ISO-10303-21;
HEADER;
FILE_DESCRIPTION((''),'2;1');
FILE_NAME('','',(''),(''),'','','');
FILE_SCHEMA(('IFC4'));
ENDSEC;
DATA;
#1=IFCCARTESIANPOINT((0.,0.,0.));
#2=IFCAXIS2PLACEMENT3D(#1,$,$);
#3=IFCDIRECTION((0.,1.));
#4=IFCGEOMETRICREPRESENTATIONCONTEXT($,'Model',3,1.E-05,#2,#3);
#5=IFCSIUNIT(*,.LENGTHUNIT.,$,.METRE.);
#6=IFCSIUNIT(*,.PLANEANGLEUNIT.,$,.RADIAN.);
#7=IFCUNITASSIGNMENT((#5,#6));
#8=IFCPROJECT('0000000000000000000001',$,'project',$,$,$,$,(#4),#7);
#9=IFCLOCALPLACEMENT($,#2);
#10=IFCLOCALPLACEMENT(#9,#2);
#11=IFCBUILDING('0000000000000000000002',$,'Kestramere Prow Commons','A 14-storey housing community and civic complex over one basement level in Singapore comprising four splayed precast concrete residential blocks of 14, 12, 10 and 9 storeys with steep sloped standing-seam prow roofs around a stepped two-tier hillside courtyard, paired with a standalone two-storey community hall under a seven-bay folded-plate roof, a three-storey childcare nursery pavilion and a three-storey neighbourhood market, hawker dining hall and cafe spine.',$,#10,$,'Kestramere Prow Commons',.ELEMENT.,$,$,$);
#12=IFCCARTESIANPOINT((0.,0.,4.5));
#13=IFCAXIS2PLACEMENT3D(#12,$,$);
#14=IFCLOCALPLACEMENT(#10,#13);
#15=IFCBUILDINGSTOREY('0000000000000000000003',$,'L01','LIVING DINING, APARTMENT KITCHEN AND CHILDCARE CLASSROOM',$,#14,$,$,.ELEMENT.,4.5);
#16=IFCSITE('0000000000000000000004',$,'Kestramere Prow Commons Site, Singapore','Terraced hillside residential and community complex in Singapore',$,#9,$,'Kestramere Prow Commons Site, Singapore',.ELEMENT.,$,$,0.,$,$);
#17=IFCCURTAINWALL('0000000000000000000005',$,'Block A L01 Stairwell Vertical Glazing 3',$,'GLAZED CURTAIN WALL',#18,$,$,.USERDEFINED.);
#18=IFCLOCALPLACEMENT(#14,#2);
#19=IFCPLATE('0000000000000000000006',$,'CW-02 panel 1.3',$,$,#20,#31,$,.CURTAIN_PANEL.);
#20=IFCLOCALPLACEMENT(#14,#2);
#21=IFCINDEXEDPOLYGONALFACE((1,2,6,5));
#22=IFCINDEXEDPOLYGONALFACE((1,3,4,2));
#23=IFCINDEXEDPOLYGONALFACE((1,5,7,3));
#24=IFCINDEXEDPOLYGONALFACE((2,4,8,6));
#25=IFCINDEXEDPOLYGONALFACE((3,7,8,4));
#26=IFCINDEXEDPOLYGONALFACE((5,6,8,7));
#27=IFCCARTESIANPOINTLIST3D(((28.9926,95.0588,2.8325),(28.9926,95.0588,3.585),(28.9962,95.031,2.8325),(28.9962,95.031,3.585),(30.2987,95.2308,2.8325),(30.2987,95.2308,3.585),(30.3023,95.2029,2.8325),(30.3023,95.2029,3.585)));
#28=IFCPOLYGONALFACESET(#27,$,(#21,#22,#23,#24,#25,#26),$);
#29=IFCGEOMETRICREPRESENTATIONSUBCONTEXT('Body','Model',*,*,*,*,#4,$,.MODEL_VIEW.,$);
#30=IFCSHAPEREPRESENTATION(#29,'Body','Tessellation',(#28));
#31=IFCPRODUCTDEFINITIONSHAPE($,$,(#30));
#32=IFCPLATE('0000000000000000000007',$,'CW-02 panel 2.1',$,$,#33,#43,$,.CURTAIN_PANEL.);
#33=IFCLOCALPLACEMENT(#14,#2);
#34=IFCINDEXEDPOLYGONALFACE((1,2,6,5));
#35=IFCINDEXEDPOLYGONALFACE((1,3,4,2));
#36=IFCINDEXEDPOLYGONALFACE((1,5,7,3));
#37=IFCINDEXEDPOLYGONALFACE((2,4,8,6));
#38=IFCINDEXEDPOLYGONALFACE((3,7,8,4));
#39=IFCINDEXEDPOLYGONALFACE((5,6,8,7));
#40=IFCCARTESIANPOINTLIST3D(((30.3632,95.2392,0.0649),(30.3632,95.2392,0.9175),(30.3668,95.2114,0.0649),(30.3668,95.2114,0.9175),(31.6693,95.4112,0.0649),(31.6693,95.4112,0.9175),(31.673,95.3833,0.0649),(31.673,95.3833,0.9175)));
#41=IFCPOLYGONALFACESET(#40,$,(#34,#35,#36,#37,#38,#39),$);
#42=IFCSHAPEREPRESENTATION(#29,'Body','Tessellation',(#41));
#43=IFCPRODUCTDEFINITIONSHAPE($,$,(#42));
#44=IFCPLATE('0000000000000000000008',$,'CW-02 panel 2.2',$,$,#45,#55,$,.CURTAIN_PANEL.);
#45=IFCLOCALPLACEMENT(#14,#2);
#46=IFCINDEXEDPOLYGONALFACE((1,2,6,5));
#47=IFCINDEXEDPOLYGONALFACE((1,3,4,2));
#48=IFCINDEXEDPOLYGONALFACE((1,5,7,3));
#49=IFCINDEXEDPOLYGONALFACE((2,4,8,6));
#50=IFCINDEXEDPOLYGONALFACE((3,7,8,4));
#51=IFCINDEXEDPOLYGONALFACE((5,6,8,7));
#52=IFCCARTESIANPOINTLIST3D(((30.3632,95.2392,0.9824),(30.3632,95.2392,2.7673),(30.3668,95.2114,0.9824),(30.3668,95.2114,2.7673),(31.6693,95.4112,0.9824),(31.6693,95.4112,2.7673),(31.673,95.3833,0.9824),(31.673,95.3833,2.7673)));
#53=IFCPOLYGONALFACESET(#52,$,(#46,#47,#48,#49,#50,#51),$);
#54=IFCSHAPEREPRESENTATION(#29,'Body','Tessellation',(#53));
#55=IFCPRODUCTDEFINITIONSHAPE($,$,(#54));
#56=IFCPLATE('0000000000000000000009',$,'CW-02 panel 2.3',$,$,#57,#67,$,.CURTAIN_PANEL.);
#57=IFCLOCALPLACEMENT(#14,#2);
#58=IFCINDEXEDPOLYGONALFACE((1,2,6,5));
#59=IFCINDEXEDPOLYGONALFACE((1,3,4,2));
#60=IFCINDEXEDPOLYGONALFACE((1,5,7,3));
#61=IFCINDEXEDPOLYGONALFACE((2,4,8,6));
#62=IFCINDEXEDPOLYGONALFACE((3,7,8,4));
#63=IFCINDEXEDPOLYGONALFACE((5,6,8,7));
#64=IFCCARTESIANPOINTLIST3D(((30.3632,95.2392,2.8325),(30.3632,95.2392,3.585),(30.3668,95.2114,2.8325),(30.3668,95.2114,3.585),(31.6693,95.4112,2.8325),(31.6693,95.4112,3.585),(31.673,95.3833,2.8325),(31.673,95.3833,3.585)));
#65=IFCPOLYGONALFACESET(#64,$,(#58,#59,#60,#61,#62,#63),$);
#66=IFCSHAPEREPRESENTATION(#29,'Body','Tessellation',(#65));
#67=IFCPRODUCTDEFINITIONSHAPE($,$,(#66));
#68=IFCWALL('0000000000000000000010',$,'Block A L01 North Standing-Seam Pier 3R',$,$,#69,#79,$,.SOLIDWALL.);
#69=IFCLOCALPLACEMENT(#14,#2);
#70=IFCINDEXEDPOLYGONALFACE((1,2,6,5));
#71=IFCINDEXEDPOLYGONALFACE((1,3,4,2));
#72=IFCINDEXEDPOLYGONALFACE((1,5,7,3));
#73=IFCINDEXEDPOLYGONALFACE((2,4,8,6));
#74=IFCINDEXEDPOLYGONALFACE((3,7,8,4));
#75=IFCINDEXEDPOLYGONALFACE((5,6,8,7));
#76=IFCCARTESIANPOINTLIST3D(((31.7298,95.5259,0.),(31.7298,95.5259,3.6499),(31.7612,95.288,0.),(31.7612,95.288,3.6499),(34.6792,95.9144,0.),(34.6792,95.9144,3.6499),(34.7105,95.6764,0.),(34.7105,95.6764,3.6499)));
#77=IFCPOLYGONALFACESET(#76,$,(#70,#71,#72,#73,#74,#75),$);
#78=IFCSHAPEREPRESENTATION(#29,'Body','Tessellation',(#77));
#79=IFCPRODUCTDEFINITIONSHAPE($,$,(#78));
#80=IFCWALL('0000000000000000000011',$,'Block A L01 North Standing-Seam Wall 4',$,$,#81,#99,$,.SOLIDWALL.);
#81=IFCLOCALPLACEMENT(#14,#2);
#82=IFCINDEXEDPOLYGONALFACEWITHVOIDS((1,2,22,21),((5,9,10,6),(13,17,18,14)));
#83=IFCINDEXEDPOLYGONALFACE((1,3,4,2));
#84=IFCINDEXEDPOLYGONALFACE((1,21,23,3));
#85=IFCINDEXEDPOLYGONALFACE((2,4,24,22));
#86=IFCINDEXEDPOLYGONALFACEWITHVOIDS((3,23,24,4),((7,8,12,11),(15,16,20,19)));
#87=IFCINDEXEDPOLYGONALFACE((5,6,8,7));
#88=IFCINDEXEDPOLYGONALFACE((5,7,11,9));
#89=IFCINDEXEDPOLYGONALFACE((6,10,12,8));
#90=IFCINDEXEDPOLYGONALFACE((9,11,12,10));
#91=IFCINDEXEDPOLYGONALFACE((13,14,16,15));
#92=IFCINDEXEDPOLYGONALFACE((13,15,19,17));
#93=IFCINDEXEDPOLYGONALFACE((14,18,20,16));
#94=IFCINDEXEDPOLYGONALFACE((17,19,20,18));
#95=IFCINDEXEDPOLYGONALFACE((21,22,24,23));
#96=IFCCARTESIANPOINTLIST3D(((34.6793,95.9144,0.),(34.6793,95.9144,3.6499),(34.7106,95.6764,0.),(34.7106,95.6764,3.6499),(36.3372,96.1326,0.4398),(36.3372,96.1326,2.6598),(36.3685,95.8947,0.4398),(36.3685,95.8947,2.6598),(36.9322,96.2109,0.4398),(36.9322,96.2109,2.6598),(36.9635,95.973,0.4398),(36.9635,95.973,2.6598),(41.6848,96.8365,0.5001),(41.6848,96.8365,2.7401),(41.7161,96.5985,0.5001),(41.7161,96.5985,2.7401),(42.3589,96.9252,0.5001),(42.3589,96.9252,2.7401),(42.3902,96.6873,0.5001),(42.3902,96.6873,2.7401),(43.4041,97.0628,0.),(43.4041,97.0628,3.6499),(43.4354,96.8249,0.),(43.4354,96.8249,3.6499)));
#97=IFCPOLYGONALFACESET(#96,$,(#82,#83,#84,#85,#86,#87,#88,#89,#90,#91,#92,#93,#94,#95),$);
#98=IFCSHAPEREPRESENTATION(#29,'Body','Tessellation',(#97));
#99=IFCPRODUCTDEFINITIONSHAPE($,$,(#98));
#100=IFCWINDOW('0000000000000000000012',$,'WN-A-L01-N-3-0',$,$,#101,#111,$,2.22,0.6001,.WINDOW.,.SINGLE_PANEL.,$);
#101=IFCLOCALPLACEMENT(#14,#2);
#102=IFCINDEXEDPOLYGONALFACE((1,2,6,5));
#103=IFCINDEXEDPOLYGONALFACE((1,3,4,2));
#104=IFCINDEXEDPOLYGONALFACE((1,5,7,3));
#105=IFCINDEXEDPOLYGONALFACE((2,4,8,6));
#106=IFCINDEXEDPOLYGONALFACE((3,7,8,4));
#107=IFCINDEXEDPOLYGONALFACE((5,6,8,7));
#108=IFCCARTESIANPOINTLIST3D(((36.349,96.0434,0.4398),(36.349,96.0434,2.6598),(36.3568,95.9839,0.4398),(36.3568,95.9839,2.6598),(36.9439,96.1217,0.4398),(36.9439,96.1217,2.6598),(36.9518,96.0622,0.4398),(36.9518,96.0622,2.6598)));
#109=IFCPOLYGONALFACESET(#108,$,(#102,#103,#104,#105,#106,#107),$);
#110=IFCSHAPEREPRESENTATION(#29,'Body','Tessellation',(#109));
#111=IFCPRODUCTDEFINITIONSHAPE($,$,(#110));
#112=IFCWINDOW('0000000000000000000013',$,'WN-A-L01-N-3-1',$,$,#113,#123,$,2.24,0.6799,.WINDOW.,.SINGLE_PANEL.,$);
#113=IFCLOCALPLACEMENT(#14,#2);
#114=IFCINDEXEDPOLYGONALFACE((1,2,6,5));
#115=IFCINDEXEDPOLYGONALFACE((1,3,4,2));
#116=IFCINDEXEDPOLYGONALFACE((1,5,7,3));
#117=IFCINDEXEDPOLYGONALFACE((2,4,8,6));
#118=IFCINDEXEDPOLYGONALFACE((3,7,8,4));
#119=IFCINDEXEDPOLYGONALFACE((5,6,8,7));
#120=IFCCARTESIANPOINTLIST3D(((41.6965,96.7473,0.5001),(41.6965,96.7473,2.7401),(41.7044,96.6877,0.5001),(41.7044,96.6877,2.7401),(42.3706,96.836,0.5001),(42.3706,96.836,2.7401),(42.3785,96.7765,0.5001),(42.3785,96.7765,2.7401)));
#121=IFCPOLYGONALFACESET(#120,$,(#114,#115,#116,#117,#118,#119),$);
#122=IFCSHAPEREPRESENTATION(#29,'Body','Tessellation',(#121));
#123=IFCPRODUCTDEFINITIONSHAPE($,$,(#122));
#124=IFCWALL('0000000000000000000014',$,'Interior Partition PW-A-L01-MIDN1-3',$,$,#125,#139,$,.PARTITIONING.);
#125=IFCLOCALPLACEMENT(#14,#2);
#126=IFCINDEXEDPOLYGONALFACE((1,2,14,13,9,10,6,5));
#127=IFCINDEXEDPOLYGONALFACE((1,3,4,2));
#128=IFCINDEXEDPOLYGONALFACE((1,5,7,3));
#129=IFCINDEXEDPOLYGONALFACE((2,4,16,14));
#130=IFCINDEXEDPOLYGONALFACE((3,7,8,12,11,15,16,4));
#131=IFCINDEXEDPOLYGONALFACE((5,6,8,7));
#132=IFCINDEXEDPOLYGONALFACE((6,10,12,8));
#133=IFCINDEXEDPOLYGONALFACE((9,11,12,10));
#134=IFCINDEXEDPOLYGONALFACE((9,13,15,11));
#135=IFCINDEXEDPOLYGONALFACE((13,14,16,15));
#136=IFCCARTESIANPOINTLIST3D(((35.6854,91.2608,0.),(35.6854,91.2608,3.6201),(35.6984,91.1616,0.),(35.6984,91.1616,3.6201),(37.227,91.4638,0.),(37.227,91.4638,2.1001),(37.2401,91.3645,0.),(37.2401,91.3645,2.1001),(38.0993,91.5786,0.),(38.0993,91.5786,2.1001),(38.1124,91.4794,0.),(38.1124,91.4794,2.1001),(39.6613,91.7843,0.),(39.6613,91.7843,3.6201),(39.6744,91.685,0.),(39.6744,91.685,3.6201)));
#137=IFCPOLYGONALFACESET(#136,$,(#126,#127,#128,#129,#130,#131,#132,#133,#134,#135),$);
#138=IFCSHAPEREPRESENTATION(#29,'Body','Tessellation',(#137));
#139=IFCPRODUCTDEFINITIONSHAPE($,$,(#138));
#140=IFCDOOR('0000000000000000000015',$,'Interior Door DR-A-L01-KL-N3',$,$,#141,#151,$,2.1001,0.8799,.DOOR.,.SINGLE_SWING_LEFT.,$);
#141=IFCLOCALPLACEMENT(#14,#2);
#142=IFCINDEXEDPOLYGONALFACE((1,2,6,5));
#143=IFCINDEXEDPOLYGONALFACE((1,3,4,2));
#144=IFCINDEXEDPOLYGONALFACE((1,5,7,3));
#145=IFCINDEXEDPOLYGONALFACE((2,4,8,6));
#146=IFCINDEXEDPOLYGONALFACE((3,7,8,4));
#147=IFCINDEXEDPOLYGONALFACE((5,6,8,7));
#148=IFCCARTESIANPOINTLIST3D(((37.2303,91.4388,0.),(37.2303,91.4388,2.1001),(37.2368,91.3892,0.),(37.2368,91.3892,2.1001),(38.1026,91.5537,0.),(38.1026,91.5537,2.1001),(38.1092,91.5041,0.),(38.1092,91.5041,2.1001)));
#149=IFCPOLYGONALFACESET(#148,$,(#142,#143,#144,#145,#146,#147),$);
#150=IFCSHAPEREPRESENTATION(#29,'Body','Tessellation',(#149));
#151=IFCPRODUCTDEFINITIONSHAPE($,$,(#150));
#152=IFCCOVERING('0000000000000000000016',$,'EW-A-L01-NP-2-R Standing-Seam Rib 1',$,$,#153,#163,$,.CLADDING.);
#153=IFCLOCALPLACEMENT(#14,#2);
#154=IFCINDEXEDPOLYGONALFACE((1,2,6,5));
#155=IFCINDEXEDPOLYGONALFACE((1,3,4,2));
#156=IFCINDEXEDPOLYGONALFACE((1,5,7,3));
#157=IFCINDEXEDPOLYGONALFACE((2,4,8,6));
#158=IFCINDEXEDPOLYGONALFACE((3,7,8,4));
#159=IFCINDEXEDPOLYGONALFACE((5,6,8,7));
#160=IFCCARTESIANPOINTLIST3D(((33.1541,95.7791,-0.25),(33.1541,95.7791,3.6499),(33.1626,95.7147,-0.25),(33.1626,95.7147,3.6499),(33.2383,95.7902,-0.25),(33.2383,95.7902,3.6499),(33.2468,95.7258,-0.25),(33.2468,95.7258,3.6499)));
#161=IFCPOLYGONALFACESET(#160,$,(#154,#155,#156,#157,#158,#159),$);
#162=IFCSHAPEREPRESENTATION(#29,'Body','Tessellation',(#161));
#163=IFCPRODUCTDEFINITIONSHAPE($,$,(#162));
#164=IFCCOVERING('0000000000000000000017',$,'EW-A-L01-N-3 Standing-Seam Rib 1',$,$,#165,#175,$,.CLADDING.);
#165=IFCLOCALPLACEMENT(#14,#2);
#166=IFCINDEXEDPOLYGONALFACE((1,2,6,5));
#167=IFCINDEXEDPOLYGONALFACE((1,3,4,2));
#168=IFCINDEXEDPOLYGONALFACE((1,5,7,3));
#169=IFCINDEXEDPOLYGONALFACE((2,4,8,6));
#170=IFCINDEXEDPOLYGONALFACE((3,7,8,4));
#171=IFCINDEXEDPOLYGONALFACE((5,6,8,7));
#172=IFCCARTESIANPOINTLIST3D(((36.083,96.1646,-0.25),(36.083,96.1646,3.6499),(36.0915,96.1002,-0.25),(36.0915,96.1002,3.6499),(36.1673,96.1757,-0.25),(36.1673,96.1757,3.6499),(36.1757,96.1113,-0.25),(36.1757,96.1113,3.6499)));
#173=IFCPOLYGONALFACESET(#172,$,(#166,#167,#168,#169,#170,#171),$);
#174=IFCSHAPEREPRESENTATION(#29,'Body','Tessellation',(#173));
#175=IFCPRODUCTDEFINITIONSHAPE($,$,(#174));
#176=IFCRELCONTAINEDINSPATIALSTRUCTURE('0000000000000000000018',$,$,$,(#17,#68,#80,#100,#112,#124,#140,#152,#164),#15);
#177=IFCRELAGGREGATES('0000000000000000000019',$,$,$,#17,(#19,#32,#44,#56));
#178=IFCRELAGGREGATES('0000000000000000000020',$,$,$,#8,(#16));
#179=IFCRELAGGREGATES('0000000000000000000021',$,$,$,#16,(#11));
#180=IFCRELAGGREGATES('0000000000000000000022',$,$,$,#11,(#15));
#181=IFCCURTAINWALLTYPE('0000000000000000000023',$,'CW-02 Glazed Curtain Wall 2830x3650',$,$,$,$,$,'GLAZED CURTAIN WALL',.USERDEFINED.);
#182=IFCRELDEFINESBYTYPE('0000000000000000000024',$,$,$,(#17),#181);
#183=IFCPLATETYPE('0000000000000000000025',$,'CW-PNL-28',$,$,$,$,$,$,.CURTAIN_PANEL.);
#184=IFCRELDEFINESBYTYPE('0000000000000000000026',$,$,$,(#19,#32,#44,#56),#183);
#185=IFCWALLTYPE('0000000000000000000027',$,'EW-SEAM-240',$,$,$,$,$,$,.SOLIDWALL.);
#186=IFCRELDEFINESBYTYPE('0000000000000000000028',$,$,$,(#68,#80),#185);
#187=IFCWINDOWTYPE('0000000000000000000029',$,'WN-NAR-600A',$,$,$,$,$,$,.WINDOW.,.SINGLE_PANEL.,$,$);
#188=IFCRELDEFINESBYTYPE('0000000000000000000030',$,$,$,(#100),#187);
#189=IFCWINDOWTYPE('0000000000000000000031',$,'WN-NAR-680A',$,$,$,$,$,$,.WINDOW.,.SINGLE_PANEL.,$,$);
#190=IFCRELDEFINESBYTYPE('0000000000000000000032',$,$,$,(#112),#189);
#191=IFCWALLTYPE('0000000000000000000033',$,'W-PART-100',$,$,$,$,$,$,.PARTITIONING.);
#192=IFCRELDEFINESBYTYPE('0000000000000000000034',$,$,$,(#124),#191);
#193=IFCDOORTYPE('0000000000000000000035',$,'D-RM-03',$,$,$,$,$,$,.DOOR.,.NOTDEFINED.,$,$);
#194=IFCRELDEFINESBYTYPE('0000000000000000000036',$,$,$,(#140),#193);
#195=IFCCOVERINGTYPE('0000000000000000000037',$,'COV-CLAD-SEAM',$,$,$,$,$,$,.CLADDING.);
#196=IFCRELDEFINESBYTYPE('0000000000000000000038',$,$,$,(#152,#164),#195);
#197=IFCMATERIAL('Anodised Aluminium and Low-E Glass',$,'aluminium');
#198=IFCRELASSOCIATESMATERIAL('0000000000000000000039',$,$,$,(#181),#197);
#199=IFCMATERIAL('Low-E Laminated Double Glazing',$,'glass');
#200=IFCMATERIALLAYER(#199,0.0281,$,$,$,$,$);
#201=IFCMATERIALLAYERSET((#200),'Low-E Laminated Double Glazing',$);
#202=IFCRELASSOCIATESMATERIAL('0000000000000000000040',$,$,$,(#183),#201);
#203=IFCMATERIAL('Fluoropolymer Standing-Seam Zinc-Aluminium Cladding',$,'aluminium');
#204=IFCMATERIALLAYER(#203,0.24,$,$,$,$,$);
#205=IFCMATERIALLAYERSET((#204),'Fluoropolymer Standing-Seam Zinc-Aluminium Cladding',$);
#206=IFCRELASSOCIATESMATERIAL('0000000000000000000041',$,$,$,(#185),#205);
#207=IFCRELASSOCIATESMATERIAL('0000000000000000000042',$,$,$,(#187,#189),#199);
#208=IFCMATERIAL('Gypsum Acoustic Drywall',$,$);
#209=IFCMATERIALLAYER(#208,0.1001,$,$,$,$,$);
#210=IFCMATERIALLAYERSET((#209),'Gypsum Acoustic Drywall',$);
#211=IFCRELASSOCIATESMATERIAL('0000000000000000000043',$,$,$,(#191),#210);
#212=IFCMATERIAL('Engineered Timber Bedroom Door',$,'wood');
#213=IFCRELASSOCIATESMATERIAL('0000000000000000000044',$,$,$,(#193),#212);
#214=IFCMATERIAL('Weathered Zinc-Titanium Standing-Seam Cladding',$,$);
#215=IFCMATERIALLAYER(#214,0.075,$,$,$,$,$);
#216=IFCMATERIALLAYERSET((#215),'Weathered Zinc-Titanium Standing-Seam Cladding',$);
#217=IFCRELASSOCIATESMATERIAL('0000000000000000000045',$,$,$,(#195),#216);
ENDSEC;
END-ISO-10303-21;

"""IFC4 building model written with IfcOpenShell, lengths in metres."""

from ifc_helpers import new_model, si_unit, direction, frame, frame_2d, origin, origin_2d, place, context, subcontext, project, spatial, rectangle, extrude, material, layer, layer_set, type_object, element, fill, aggregate, save


model = new_model("IFC4")

# Units and contexts
model_context = context("Model", 3, precision=1e-05, world=origin(), true_north=direction((0.0, 1.0)))
body_context = subcontext(model_context, "Body", "Model", "MODEL_VIEW")
ifc_project = project(units=[si_unit("LENGTHUNIT", "METRE"), si_unit("PLANEANGLEUNIT", "RADIAN")], contexts=[model_context])

# Site, building, storey
site_placement = place(None, origin())
site = spatial("IfcSite", under=ifc_project, at=site_placement, Name="Kestramere Prow Commons Site, Singapore", Description="Terraced hillside residential and community complex in Singapore", LongName="Kestramere Prow Commons Site, Singapore", CompositionType="ELEMENT", RefElevation=0.0)
building_placement = place(site_placement, origin())
building = spatial("IfcBuilding", under=site, at=building_placement, Name="Kestramere Prow Commons", Description="A 14-storey housing community and civic complex over one basement level in Singapore comprising four splayed precast concrete residential blocks of 14, 12, 10 and 9 storeys with steep sloped standing-seam prow roofs around a stepped two-tier hillside courtyard, paired with a standalone two-storey community hall under a seven-bay folded-plate roof, a three-storey childcare nursery pavilion and a three-storey neighbourhood market, hawker dining hall and cafe spine.", LongName="Kestramere Prow Commons", CompositionType="ELEMENT")
storey_placement = place(building_placement, frame((0.0, 0.0, 4.5)))
storey = spatial("IfcBuildingStorey", under=building, at=storey_placement, Name="L01", Description="LIVING DINING, APARTMENT KITCHEN AND CHILDCARE CLASSROOM", CompositionType="ELEMENT", Elevation=4.5)

# Curtain wall
ifc_material_1 = material(Name="Anodised Aluminium and Low-E Glass", Category="aluminium")
curtain_wall_type = type_object("IfcCurtainWallType", Name="CW-02 Glazed Curtain Wall 2830x3650", ElementType="GLAZED CURTAIN WALL", PredefinedType="USERDEFINED", material=ifc_material_1)
curtain_wall_placement = place(storey_placement, origin())
curtain_wall = element("IfcCurtainWall", 1, at=curtain_wall_placement, inside=storey, type_object=curtain_wall_type, Name="Block A L01 Stairwell Vertical Glazing 3", ObjectType="GLAZED CURTAIN WALL", PredefinedType="USERDEFINED")

# Plates
ifc_material_2 = material(Name="Low-E Laminated Double Glazing", Category="glass")
ifc_layer_1 = layer(ifc_material_2, 0.0281)
ifc_layer_set_1 = layer_set([ifc_layer_1], Name="Low-E Laminated Double Glazing")
plate_type = type_object("IfcPlateType", Name="CW-PNL-28", PredefinedType="CURTAIN_PANEL", material=ifc_layer_set_1)
plate_1_placement = place(storey_placement, frame((29.6475, 95.1309, 2.8325), z_axis=(0.0, 0.0, 1.0), x_axis=(0.991445, 0.130526, 0.0)))
plate_1 = element("IfcPlate", 2, at=plate_1_placement, type_object=plate_type, Name="CW-02 panel 1.3", PredefinedType="CURTAIN_PANEL", context=body_context, shape_type="SweptSolid", body=[
    extrude(rectangle(XDim=1.3174, YDim=0.0281, at=origin_2d()), origin(), (0.0, 0.0, 1.0), 0.7524),
])
plate_2_placement = place(storey_placement, frame((31.0181, 95.3113, 0.0649), z_axis=(0.0, 0.0, 1.0), x_axis=(0.991445, 0.130526, 0.0)))
plate_2 = element("IfcPlate", 3, at=plate_2_placement, type_object=plate_type, Name="CW-02 panel 2.1", PredefinedType="CURTAIN_PANEL", context=body_context, shape_type="SweptSolid", body=[
    extrude(rectangle(XDim=1.3174, YDim=0.0281, at=origin_2d()), origin(), (0.0, 0.0, 1.0), 0.8525),
])
plate_3_placement = place(storey_placement, frame((31.0181, 95.3113, 0.9824), z_axis=(0.0, 0.0, 1.0), x_axis=(0.991445, 0.130526, 0.0)))
plate_3 = element("IfcPlate", 4, at=plate_3_placement, type_object=plate_type, Name="CW-02 panel 2.2", PredefinedType="CURTAIN_PANEL", context=body_context, shape_type="SweptSolid", body=[
    extrude(rectangle(XDim=1.3174, YDim=0.0281, at=origin_2d()), origin(), (0.0, 0.0, 1.0), 1.7849),
])
plate_4_placement = place(storey_placement, frame((31.0181, 95.3113, 2.8325), z_axis=(0.0, 0.0, 1.0), x_axis=(0.991445, 0.130526, 0.0)))
plate_4 = element("IfcPlate", 5, at=plate_4_placement, type_object=plate_type, Name="CW-02 panel 2.3", PredefinedType="CURTAIN_PANEL", context=body_context, shape_type="SweptSolid", body=[
    extrude(rectangle(XDim=1.3174, YDim=0.0281, at=origin_2d()), origin(), (0.0, 0.0, 1.0), 0.7524),
])
aggregate(curtain_wall, [plate_1, plate_2, plate_3, plate_4])

# Wall
ifc_material_3 = material(Name="Fluoropolymer Standing-Seam Zinc-Aluminium Cladding", Category="aluminium")
ifc_layer_2 = layer(ifc_material_3, 0.24)
ifc_layer_set_2 = layer_set([ifc_layer_2], Name="Fluoropolymer Standing-Seam Zinc-Aluminium Cladding")
wall_type_1 = type_object("IfcWallType", Name="EW-SEAM-240", PredefinedType="SOLIDWALL", material=ifc_layer_set_2)
wall_1_placement = place(storey_placement, frame((31.7456, 95.407, 0.0), z_axis=(0.0, 0.0, 1.0), x_axis=(0.991439, 0.130567, 0.0)))
element("IfcWall", 6, at=wall_1_placement, inside=storey, type_object=wall_type_1, Name="Block A L01 North Standing-Seam Pier 3R", PredefinedType="SOLIDWALL", context=body_context, shape_type="SweptSolid", body=[
    extrude(rectangle(XDim=2.9749, YDim=0.24, at=frame_2d((1.4873, 0.0))), origin(), (0.0, 0.0, 1.0), 3.6499),
])

# Wall, openings, windows
wall_2_placement = place(storey_placement, frame((34.6951, 95.7954, 0.0), z_axis=(0.0, 0.0, 1.0), x_axis=(0.991448, 0.130503, 0.0)))
wall_2 = element("IfcWall", 7, at=wall_2_placement, inside=storey, type_object=wall_type_1, Name="Block A L01 North Standing-Seam Wall 4", PredefinedType="SOLIDWALL", context=body_context, shape_type="SweptSolid", body=[
    extrude(rectangle(XDim=8.8, YDim=0.24, at=frame_2d((4.3999, 0.0))), origin(), (0.0, 0.0, 1.0), 3.6499),
])
opening_1_placement = place(wall_2_placement, frame((1.6721, 0.0, 0.4399)))
opening_1 = element("IfcOpeningElement", 8, at=opening_1_placement, cuts=wall_2, PredefinedType="OPENING", context=body_context, shape_type="SweptSolid", body=[
    extrude(rectangle(XDim=0.6001, YDim=2.22, at=frame_2d((0.3, 1.1099))), frame((0.0, 0.135, 0.0), z_axis=(0.0, -1.0, 0.0), x_axis=(1.0, 0.0, 0.0)), (0.0, 0.0, 1.0), 0.27),
])
opening_2_placement = place(wall_2_placement, frame((7.0659, 0.0, 0.5)))
opening_2 = element("IfcOpeningElement", 9, at=opening_2_placement, cuts=wall_2, PredefinedType="OPENING", context=body_context, shape_type="SweptSolid", body=[
    extrude(rectangle(XDim=0.6799, YDim=2.24, at=frame_2d((0.3398, 1.1201))), frame((0.0, 0.135, 0.0), z_axis=(0.0, -1.0, 0.0), x_axis=(1.0, 0.0, 0.0)), (0.0, 0.0, 1.0), 0.27),
])
window_type_1 = type_object("IfcWindowType", Name="WN-NAR-600A", PartitioningType="SINGLE_PANEL", PredefinedType="WINDOW", material=ifc_material_2)
window_1_placement = place(opening_1_placement, origin())
window_1 = element("IfcWindow", 10, at=window_1_placement, inside=storey, type_object=window_type_1, Name="WN-A-L01-N-3-0", OverallHeight=2.22, OverallWidth=0.6001, PartitioningType="SINGLE_PANEL", PredefinedType="WINDOW", context=body_context, shape_type="SweptSolid", body=[
    extrude(rectangle(XDim=0.6001, YDim=2.22, at=frame_2d((0.3, 1.1099))), frame((0.0, 0.03, 0.0), z_axis=(0.0, -1.0, 0.0), x_axis=(1.0, 0.0, 0.0)), (0.0, 0.0, 1.0), 0.0601),
])
fill(opening_1, window_1)
window_type_2 = type_object("IfcWindowType", Name="WN-NAR-680A", PartitioningType="SINGLE_PANEL", PredefinedType="WINDOW", material=ifc_material_2)
window_2_placement = place(opening_2_placement, origin())
window_2 = element("IfcWindow", 11, at=window_2_placement, inside=storey, type_object=window_type_2, Name="WN-A-L01-N-3-1", OverallHeight=2.24, OverallWidth=0.6799, PartitioningType="SINGLE_PANEL", PredefinedType="WINDOW", context=body_context, shape_type="SweptSolid", body=[
    extrude(rectangle(XDim=0.6799, YDim=2.24, at=frame_2d((0.3398, 1.1201))), frame((0.0, 0.03, 0.0), z_axis=(0.0, -1.0, 0.0), x_axis=(1.0, 0.0, 0.0)), (0.0, 0.0, 1.0), 0.0601),
])
fill(opening_2, window_2)

# Wall, opening, door
ifc_material_4 = material(Name="Gypsum Acoustic Drywall")
ifc_layer_3 = layer(ifc_material_4, 0.1001)
ifc_layer_set_3 = layer_set([ifc_layer_3], Name="Gypsum Acoustic Drywall")
wall_type_2 = type_object("IfcWallType", Name="W-PART-100", PredefinedType="PARTITIONING", material=ifc_layer_set_3)
wall_3_placement = place(storey_placement, frame((35.6919, 91.2112, 0.0), z_axis=(0.0, 0.0, 1.0), x_axis=(0.991445, 0.130529, 0.0)))
wall_3 = element("IfcWall", 12, at=wall_3_placement, inside=storey, type_object=wall_type_2, Name="Interior Partition PW-A-L01-MIDN1-3", PredefinedType="PARTITIONING", context=body_context, shape_type="SweptSolid", body=[
    extrude(rectangle(XDim=4.0103, YDim=0.1001, at=frame_2d((2.0051, 0.0))), origin(), (0.0, 0.0, 1.0), 3.6201),
])
opening_3_placement = place(wall_3_placement, frame((1.5549, 0.0, 0.0)))
opening_3 = element("IfcOpeningElement", 13, at=opening_3_placement, cuts=wall_3, PredefinedType="OPENING", context=body_context, shape_type="SweptSolid", body=[
    extrude(rectangle(XDim=0.8799, YDim=2.1001, at=frame_2d((0.4399, 1.05))), frame((0.0, 0.0649, 0.0), z_axis=(0.0, -1.0, 0.0), x_axis=(1.0, 0.0, 0.0)), (0.0, 0.0, 1.0), 0.1301),
])
ifc_material_5 = material(Name="Engineered Timber Bedroom Door", Category="wood")
door_type = type_object("IfcDoorType", Name="D-RM-03", OperationType="NOTDEFINED", PredefinedType="DOOR", material=ifc_material_5)
door_placement = place(opening_3_placement, origin())
door = element("IfcDoor", 14, at=door_placement, inside=storey, type_object=door_type, Name="Interior Door DR-A-L01-KL-N3", OperationType="SINGLE_SWING_LEFT", OverallHeight=2.1001, OverallWidth=0.8799, PredefinedType="DOOR", context=body_context, shape_type="SweptSolid", body=[
    extrude(rectangle(XDim=0.8799, YDim=2.1001, at=frame_2d((0.4399, 1.05))), frame((0.0, 0.0249, 0.0), z_axis=(0.0, -1.0, 0.0), x_axis=(1.0, 0.0, 0.0)), (0.0, 0.0, 1.0), 0.05),
])
fill(opening_3, door)

# Coverings
ifc_material_6 = material(Name="Weathered Zinc-Titanium Standing-Seam Cladding")
ifc_layer_4 = layer(ifc_material_6, 0.075)
ifc_layer_set_4 = layer_set([ifc_layer_4], Name="Weathered Zinc-Titanium Standing-Seam Cladding")
covering_type = type_object("IfcCoveringType", Name="COV-CLAD-SEAM", PredefinedType="CLADDING", material=ifc_layer_set_4)
for number, where, z_axis, x_axis, name in (
    (15, (33.2004, 95.7524, -0.25), (0.0, 0.0, 1.0), (0.991445, 0.130526, 0.0), "EW-A-L01-NP-2-R Standing-Seam Rib 1"),
    (16, (36.1294, 96.1379, -0.25), (0.0, 0.0, 1.0), (0.991445, 0.130526, 0.0), "EW-A-L01-N-3 Standing-Seam Rib 1"),
):
    element("IfcCovering", number, at=place(storey_placement, frame(where, z_axis=z_axis, x_axis=x_axis)), inside=storey, type_object=covering_type, Name=name, PredefinedType="CLADDING", context=body_context, shape_type="SweptSolid", body=[
        extrude(rectangle(XDim=0.085, YDim=0.0649, at=origin_2d()), origin(), (0.0, 0.0, 1.0), 3.8999),
    ])

save(model, "model.ifc")
